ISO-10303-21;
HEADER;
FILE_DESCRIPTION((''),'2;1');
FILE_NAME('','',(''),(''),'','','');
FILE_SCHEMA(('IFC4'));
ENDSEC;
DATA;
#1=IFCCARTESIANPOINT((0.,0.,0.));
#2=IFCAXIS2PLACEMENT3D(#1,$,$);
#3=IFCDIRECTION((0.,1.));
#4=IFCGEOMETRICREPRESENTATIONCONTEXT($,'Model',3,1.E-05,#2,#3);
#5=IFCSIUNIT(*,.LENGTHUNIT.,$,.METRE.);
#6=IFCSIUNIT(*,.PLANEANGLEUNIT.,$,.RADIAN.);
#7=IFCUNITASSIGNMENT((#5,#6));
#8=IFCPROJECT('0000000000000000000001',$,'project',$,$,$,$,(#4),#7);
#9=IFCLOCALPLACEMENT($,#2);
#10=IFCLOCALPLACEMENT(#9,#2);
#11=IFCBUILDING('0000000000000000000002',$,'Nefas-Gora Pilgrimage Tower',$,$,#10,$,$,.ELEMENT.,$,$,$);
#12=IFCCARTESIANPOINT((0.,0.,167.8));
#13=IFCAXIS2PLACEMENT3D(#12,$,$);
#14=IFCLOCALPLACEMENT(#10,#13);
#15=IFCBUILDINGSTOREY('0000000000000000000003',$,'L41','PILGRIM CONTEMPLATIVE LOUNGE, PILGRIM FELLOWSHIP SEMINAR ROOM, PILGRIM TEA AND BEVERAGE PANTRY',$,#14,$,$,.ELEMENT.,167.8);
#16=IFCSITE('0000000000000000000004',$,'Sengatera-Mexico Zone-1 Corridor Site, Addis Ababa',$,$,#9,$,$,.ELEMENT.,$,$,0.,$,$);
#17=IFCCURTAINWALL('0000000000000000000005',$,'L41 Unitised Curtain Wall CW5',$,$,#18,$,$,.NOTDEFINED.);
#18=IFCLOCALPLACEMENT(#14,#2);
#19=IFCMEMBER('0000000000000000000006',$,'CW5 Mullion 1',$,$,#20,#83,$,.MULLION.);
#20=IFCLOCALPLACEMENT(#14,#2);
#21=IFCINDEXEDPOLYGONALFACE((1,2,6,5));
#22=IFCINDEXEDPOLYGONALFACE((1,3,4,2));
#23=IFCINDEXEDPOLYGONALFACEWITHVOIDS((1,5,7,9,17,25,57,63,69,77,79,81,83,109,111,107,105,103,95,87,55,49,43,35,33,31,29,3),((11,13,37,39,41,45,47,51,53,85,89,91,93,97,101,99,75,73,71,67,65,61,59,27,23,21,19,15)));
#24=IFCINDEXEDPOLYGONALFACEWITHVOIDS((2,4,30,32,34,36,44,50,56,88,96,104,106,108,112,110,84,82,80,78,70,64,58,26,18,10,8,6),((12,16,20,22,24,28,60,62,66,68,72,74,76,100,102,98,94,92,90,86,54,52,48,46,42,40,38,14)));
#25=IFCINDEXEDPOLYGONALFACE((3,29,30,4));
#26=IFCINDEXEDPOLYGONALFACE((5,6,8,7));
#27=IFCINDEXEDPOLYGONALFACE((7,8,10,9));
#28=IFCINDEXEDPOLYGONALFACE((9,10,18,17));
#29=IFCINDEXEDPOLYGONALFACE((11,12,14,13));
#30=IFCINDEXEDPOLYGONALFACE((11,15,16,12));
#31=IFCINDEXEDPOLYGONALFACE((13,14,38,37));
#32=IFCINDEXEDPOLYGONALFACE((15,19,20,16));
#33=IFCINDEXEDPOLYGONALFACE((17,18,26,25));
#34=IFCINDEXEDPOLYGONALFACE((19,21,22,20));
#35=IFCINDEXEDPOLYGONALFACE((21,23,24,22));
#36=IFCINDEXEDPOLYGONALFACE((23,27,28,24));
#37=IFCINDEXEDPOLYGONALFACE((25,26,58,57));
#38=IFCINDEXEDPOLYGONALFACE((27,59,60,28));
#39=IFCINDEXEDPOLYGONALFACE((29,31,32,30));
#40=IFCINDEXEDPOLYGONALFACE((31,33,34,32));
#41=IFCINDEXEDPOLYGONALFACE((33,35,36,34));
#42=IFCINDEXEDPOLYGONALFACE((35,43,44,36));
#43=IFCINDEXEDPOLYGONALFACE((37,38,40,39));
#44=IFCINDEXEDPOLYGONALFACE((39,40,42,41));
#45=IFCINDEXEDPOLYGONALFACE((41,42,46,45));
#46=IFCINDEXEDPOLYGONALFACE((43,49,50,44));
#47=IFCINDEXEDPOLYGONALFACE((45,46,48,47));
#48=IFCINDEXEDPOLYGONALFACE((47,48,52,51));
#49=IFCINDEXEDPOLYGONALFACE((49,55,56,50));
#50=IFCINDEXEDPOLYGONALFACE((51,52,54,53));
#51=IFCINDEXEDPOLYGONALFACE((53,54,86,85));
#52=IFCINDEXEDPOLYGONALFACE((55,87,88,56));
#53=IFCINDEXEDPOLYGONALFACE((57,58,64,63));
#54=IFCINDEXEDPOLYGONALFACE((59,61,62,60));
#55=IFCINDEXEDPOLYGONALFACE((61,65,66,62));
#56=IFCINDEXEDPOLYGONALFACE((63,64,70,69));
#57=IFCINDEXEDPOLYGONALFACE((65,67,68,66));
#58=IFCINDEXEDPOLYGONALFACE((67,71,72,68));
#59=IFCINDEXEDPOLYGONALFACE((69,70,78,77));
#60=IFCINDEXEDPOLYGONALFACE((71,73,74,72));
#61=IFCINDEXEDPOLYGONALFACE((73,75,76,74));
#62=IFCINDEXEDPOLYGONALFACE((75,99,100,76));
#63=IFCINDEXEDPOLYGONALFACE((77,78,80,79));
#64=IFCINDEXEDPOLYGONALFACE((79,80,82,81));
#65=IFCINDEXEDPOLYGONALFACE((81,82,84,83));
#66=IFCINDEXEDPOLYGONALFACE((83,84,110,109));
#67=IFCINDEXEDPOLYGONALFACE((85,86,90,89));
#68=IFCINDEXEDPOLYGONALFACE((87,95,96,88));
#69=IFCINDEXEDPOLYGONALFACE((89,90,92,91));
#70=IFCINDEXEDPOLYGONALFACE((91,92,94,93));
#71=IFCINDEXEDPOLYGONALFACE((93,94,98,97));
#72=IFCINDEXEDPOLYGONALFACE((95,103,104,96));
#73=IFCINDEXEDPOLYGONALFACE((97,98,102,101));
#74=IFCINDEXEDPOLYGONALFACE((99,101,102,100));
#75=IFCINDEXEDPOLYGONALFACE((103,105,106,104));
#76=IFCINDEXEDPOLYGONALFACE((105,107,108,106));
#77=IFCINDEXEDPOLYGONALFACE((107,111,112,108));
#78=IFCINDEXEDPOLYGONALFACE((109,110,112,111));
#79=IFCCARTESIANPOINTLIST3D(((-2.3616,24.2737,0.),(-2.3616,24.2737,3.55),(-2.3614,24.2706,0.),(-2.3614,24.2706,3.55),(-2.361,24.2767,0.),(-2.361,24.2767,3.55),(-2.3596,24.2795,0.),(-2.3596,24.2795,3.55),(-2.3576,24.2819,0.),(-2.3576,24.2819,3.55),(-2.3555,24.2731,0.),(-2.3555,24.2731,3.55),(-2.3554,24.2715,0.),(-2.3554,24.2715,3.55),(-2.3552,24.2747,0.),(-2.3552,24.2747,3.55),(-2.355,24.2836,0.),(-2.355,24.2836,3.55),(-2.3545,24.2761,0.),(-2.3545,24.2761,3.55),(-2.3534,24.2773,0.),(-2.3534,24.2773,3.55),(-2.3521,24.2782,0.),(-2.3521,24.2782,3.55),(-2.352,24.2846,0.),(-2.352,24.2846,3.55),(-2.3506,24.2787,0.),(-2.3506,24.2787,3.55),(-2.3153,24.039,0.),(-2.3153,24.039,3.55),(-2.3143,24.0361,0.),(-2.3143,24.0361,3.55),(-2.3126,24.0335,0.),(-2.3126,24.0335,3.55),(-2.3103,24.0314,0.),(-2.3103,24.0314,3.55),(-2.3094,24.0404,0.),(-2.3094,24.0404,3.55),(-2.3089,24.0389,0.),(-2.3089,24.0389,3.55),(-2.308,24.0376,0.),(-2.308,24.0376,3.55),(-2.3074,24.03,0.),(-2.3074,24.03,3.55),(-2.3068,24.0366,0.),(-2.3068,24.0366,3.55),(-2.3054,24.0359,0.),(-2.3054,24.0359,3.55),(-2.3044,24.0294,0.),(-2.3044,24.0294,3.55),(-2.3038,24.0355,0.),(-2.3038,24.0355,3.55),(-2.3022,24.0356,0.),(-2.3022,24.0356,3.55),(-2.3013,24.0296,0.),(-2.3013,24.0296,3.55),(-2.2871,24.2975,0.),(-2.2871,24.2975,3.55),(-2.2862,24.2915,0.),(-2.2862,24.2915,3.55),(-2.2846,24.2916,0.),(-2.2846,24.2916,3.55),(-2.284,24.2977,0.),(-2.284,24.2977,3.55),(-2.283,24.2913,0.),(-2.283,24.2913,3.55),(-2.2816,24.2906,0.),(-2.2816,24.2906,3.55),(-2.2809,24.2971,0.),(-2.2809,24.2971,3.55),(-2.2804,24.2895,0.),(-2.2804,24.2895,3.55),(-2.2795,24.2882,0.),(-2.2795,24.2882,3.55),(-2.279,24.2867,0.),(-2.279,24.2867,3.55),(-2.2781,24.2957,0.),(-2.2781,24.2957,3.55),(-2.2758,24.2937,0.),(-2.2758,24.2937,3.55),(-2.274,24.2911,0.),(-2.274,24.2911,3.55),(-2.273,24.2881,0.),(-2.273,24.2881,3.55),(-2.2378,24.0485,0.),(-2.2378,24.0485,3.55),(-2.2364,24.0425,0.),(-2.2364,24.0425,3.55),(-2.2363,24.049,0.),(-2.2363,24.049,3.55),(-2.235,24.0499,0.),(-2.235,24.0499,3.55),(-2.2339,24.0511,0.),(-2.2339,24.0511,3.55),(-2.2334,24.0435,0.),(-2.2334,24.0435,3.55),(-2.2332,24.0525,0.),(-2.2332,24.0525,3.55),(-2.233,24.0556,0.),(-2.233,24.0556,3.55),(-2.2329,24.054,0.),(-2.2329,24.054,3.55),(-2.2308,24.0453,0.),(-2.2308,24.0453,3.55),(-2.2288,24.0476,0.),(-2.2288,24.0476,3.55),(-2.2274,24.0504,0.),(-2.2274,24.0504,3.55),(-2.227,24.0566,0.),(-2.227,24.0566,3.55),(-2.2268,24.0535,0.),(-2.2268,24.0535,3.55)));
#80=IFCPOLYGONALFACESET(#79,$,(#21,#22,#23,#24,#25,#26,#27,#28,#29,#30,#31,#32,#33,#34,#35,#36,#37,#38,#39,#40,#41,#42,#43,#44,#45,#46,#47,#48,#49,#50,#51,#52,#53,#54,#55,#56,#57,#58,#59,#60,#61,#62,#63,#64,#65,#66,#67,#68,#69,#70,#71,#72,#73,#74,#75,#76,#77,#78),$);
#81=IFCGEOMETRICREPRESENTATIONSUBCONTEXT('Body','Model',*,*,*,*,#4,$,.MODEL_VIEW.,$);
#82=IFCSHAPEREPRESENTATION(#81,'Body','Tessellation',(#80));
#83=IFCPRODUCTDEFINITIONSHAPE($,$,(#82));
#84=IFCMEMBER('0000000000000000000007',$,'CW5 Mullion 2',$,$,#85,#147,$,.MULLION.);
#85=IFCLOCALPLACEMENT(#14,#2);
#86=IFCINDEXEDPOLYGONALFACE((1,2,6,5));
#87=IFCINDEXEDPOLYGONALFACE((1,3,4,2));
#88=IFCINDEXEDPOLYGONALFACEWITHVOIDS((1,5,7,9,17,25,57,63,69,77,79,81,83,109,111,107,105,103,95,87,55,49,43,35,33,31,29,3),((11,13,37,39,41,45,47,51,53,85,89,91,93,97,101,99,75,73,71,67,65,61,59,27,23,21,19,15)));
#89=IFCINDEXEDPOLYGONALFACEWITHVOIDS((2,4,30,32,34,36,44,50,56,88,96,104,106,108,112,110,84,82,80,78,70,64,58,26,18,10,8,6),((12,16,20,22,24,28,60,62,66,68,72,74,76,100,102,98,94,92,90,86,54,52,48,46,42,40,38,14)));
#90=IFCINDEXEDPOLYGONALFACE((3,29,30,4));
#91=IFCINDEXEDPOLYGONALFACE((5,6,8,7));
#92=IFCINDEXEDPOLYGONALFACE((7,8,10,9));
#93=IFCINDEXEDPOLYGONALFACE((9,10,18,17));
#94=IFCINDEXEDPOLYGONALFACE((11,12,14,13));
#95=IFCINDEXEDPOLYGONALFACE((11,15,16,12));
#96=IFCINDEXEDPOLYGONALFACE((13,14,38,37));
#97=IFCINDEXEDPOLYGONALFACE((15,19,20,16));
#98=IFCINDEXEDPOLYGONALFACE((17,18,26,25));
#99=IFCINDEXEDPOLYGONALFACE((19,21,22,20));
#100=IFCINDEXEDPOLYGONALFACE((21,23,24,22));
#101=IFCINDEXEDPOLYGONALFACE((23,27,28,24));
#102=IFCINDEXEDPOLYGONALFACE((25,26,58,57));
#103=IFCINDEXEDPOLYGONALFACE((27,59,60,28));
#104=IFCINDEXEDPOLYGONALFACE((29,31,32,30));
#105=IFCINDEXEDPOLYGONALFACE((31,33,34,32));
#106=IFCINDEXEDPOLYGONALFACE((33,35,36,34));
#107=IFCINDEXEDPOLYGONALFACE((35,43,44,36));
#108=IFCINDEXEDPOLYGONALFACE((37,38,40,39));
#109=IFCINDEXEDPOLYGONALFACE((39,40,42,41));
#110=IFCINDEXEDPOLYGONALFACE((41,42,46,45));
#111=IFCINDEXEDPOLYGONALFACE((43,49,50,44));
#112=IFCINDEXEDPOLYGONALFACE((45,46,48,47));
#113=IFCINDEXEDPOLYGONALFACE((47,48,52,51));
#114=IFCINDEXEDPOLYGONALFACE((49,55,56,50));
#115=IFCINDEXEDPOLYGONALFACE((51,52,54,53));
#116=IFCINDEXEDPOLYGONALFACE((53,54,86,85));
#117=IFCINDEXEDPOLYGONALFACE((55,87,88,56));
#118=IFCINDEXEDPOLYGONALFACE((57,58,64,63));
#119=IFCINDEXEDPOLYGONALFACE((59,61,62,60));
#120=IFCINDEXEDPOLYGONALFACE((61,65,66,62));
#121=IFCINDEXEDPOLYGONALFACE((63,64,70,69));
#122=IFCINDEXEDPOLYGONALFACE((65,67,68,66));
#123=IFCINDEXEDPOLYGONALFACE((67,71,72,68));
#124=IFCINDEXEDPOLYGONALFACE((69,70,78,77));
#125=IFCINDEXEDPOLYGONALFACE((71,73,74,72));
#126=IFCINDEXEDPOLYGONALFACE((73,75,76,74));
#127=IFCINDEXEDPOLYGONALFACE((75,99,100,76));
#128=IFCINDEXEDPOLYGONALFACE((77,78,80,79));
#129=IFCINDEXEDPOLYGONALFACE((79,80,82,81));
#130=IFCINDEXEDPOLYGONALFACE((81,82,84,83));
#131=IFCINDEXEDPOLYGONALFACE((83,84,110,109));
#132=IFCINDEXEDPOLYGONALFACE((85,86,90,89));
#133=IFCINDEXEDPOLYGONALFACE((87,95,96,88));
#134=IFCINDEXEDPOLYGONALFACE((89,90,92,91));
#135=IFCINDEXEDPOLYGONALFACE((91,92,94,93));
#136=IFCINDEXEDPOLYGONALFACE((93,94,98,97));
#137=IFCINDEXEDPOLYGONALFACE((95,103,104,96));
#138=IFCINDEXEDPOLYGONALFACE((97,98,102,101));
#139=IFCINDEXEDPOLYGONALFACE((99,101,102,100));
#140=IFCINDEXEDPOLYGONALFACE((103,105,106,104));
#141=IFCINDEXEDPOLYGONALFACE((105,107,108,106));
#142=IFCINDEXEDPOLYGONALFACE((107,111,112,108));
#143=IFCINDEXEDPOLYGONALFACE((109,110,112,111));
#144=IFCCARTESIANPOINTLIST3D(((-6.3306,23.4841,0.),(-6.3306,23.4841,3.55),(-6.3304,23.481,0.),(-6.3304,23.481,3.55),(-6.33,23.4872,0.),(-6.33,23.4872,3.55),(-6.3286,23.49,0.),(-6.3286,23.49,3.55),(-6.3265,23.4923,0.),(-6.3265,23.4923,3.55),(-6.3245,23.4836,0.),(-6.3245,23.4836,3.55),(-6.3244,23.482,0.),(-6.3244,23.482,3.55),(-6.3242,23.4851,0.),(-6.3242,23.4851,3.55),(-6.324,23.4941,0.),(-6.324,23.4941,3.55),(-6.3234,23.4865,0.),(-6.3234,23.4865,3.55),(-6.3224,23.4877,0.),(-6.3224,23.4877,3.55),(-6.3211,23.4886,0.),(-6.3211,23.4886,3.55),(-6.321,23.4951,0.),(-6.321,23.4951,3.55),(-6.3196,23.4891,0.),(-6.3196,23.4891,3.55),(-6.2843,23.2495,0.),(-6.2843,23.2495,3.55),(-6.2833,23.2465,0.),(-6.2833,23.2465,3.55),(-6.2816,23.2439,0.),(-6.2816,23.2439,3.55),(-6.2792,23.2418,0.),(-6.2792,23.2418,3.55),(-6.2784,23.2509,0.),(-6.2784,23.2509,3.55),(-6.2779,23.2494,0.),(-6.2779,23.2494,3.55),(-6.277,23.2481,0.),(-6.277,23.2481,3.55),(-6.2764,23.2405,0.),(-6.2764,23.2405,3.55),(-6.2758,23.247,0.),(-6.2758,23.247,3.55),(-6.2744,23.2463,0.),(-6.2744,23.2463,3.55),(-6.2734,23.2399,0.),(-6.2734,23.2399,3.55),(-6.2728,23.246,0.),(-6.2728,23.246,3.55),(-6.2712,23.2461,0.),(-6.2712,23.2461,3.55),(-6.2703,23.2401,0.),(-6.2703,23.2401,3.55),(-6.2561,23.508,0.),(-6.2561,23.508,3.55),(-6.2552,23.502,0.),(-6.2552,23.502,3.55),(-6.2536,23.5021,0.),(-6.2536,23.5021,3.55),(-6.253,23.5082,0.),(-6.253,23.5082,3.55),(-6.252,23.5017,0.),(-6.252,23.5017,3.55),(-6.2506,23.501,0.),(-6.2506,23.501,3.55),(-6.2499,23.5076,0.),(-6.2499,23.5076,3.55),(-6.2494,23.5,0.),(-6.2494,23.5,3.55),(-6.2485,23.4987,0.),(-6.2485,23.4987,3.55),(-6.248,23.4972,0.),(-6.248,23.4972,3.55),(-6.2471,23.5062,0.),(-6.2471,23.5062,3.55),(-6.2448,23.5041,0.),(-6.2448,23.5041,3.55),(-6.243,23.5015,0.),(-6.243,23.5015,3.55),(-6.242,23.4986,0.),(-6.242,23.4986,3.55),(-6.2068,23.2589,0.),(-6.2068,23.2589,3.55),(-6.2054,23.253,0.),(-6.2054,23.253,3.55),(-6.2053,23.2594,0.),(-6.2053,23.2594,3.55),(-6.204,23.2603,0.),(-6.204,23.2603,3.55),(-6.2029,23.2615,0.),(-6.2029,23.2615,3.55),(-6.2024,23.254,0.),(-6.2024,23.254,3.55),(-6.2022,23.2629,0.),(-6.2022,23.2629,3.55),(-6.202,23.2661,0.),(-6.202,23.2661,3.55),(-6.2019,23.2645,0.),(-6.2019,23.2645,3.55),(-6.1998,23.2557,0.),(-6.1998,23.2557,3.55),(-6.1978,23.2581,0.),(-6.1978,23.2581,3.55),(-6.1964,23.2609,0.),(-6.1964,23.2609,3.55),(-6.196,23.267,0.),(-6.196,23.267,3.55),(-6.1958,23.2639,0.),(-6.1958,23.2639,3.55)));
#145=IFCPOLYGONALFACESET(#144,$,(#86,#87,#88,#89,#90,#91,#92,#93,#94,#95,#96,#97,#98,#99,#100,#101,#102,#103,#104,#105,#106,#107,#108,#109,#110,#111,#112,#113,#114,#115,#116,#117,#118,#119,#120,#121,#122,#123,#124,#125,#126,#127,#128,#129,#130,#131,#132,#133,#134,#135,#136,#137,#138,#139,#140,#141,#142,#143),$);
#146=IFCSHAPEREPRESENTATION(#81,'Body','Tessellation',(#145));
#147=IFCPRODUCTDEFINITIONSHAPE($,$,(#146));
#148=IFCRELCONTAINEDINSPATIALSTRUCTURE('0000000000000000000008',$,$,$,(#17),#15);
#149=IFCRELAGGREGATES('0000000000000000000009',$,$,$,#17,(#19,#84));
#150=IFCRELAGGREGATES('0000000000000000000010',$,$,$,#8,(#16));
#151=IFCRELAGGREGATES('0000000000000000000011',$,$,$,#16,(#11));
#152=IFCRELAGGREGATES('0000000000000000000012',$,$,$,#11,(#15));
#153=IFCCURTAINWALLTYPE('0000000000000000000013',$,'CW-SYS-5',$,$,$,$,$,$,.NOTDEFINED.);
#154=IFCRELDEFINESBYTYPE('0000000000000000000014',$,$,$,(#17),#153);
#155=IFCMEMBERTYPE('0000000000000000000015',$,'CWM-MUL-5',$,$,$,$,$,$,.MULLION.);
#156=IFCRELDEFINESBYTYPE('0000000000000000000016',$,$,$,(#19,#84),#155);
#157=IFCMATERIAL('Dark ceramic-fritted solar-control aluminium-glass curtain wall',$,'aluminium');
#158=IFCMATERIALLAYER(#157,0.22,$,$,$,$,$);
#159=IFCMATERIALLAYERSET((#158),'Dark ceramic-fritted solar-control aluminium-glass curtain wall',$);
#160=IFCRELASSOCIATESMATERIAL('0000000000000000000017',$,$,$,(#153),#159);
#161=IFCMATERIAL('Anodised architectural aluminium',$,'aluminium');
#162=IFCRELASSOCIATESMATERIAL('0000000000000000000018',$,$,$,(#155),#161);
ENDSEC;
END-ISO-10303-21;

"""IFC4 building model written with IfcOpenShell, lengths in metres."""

from ifc_helpers import new_model, si_unit, direction, frame, origin, origin_2d, place, context, subcontext, project, spatial, hollow_rectangle, extrude, source, transform, mapped, material, layer, layer_set, material_profile, profile_set, type_object, element, aggregate, save


model = new_model("IFC4")

# Units and contexts
model_context = context("Model", 3, precision=1e-05, world=origin(), true_north=direction((0.0, 1.0)))
body_context = subcontext(model_context, "Body", "Model", "MODEL_VIEW")
ifc_project = project(units=[si_unit("LENGTHUNIT", "METRE"), si_unit("PLANEANGLEUNIT", "RADIAN")], contexts=[model_context])

# Site, building, storey
site_placement = place(None, origin())
site = spatial("IfcSite", under=ifc_project, at=site_placement, Name="Sengatera-Mexico Zone-1 Corridor Site, Addis Ababa", CompositionType="ELEMENT", RefElevation=0.0)
building_placement = place(site_placement, origin())
building = spatial("IfcBuilding", under=site, at=building_placement, Name="Nefas-Gora Pilgrimage Tower", CompositionType="ELEMENT")
storey_placement = place(building_placement, frame((0.0, 0.0, 167.8)))
storey = spatial("IfcBuildingStorey", under=building, at=storey_placement, Name="L41", Description="PILGRIM CONTEMPLATIVE LOUNGE, PILGRIM FELLOWSHIP SEMINAR ROOM, PILGRIM TEA AND BEVERAGE PANTRY", CompositionType="ELEMENT", Elevation=167.8)

# Shared definitions
ifc_material_1 = material(Name="Dark ceramic-fritted solar-control aluminium-glass curtain wall", Category="aluminium")
ifc_layer_1 = layer(ifc_material_1, 0.22)
ifc_layer_set_1 = layer_set([ifc_layer_1], Name="Dark ceramic-fritted solar-control aluminium-glass curtain wall")
curtain_wall_type = type_object("IfcCurtainWallType", Name="CW-SYS-5", PredefinedType="NOTDEFINED", material=ifc_layer_set_1)
ifc_material_2 = material(Name="Anodised architectural aluminium", Category="aluminium")
ifc_material_profile_1 = material_profile(ifc_material_2, hollow_rectangle(XDim=0.0901, YDim=0.26, WallThickness=0.0061, InnerFilletRadius=0.0061, OuterFilletRadius=0.012, at=origin_2d()), Name="ALU MULLION 90x260")
ifc_profile_set_1 = profile_set([ifc_material_profile_1], Name="Anodised architectural aluminium")
member_type_1 = type_object("IfcMemberType", Name="CWM-MUL-5", PredefinedType="MULLION", material=ifc_profile_set_1)
shared_shape_1 = source(origin(), body_context, "Body", "SweptSolid", [
    extrude(hollow_rectangle(XDim=0.0901, YDim=0.26, WallThickness=0.0061, InnerFilletRadius=0.0061, OuterFilletRadius=0.012, at=origin_2d()), origin(), (0.0, 0.0, 1.0), 3.55),
])

# Curtain wall, members
curtain_wall_1_placement = place(storey_placement, origin())
curtain_wall_1 = element("IfcCurtainWall", 1, at=curtain_wall_1_placement, inside=storey, type_object=curtain_wall_type, Name="L41 Unitised Curtain Wall CW5", PredefinedType="NOTDEFINED")
member_1_placement = place(storey_placement, frame((-2.2942, 24.1636, 0.0), z_axis=(0.0, 0.0, 1.0), x_axis=(-0.980783, -0.195102, 0.0)))
member_1 = element("IfcMember", 2, at=member_1_placement, type_object=member_type_1, Name="CW5 Mullion 1", PredefinedType="MULLION", context=body_context, shape_type="MappedRepresentation", body=[
    mapped(shared_shape_1, transform((0.0, 0.0, 0.0), x_axis=(1.0, 0.0, 0.0), y_axis=(0.0, 1.0, 0.0), z_axis=(0.0, 0.0, 1.0), scale=1.0)),
])
member_2_placement = place(storey_placement, frame((-6.2632, 23.374, 0.0), z_axis=(0.0, 0.0, 1.0), x_axis=(-0.980783, -0.195102, 0.0)))
member_2 = element("IfcMember", 3, at=member_2_placement, type_object=member_type_1, Name="CW5 Mullion 2", PredefinedType="MULLION", context=body_context, shape_type="MappedRepresentation", body=[
    mapped(shared_shape_1, transform((0.0, 0.0, 0.0), x_axis=(1.0, 0.0, 0.0), y_axis=(0.0, 1.0, 0.0), z_axis=(0.0, 0.0, 1.0), scale=1.0)),
])

aggregate(curtain_wall_1, [member_1, member_2])

save(model, "model.ifc")
